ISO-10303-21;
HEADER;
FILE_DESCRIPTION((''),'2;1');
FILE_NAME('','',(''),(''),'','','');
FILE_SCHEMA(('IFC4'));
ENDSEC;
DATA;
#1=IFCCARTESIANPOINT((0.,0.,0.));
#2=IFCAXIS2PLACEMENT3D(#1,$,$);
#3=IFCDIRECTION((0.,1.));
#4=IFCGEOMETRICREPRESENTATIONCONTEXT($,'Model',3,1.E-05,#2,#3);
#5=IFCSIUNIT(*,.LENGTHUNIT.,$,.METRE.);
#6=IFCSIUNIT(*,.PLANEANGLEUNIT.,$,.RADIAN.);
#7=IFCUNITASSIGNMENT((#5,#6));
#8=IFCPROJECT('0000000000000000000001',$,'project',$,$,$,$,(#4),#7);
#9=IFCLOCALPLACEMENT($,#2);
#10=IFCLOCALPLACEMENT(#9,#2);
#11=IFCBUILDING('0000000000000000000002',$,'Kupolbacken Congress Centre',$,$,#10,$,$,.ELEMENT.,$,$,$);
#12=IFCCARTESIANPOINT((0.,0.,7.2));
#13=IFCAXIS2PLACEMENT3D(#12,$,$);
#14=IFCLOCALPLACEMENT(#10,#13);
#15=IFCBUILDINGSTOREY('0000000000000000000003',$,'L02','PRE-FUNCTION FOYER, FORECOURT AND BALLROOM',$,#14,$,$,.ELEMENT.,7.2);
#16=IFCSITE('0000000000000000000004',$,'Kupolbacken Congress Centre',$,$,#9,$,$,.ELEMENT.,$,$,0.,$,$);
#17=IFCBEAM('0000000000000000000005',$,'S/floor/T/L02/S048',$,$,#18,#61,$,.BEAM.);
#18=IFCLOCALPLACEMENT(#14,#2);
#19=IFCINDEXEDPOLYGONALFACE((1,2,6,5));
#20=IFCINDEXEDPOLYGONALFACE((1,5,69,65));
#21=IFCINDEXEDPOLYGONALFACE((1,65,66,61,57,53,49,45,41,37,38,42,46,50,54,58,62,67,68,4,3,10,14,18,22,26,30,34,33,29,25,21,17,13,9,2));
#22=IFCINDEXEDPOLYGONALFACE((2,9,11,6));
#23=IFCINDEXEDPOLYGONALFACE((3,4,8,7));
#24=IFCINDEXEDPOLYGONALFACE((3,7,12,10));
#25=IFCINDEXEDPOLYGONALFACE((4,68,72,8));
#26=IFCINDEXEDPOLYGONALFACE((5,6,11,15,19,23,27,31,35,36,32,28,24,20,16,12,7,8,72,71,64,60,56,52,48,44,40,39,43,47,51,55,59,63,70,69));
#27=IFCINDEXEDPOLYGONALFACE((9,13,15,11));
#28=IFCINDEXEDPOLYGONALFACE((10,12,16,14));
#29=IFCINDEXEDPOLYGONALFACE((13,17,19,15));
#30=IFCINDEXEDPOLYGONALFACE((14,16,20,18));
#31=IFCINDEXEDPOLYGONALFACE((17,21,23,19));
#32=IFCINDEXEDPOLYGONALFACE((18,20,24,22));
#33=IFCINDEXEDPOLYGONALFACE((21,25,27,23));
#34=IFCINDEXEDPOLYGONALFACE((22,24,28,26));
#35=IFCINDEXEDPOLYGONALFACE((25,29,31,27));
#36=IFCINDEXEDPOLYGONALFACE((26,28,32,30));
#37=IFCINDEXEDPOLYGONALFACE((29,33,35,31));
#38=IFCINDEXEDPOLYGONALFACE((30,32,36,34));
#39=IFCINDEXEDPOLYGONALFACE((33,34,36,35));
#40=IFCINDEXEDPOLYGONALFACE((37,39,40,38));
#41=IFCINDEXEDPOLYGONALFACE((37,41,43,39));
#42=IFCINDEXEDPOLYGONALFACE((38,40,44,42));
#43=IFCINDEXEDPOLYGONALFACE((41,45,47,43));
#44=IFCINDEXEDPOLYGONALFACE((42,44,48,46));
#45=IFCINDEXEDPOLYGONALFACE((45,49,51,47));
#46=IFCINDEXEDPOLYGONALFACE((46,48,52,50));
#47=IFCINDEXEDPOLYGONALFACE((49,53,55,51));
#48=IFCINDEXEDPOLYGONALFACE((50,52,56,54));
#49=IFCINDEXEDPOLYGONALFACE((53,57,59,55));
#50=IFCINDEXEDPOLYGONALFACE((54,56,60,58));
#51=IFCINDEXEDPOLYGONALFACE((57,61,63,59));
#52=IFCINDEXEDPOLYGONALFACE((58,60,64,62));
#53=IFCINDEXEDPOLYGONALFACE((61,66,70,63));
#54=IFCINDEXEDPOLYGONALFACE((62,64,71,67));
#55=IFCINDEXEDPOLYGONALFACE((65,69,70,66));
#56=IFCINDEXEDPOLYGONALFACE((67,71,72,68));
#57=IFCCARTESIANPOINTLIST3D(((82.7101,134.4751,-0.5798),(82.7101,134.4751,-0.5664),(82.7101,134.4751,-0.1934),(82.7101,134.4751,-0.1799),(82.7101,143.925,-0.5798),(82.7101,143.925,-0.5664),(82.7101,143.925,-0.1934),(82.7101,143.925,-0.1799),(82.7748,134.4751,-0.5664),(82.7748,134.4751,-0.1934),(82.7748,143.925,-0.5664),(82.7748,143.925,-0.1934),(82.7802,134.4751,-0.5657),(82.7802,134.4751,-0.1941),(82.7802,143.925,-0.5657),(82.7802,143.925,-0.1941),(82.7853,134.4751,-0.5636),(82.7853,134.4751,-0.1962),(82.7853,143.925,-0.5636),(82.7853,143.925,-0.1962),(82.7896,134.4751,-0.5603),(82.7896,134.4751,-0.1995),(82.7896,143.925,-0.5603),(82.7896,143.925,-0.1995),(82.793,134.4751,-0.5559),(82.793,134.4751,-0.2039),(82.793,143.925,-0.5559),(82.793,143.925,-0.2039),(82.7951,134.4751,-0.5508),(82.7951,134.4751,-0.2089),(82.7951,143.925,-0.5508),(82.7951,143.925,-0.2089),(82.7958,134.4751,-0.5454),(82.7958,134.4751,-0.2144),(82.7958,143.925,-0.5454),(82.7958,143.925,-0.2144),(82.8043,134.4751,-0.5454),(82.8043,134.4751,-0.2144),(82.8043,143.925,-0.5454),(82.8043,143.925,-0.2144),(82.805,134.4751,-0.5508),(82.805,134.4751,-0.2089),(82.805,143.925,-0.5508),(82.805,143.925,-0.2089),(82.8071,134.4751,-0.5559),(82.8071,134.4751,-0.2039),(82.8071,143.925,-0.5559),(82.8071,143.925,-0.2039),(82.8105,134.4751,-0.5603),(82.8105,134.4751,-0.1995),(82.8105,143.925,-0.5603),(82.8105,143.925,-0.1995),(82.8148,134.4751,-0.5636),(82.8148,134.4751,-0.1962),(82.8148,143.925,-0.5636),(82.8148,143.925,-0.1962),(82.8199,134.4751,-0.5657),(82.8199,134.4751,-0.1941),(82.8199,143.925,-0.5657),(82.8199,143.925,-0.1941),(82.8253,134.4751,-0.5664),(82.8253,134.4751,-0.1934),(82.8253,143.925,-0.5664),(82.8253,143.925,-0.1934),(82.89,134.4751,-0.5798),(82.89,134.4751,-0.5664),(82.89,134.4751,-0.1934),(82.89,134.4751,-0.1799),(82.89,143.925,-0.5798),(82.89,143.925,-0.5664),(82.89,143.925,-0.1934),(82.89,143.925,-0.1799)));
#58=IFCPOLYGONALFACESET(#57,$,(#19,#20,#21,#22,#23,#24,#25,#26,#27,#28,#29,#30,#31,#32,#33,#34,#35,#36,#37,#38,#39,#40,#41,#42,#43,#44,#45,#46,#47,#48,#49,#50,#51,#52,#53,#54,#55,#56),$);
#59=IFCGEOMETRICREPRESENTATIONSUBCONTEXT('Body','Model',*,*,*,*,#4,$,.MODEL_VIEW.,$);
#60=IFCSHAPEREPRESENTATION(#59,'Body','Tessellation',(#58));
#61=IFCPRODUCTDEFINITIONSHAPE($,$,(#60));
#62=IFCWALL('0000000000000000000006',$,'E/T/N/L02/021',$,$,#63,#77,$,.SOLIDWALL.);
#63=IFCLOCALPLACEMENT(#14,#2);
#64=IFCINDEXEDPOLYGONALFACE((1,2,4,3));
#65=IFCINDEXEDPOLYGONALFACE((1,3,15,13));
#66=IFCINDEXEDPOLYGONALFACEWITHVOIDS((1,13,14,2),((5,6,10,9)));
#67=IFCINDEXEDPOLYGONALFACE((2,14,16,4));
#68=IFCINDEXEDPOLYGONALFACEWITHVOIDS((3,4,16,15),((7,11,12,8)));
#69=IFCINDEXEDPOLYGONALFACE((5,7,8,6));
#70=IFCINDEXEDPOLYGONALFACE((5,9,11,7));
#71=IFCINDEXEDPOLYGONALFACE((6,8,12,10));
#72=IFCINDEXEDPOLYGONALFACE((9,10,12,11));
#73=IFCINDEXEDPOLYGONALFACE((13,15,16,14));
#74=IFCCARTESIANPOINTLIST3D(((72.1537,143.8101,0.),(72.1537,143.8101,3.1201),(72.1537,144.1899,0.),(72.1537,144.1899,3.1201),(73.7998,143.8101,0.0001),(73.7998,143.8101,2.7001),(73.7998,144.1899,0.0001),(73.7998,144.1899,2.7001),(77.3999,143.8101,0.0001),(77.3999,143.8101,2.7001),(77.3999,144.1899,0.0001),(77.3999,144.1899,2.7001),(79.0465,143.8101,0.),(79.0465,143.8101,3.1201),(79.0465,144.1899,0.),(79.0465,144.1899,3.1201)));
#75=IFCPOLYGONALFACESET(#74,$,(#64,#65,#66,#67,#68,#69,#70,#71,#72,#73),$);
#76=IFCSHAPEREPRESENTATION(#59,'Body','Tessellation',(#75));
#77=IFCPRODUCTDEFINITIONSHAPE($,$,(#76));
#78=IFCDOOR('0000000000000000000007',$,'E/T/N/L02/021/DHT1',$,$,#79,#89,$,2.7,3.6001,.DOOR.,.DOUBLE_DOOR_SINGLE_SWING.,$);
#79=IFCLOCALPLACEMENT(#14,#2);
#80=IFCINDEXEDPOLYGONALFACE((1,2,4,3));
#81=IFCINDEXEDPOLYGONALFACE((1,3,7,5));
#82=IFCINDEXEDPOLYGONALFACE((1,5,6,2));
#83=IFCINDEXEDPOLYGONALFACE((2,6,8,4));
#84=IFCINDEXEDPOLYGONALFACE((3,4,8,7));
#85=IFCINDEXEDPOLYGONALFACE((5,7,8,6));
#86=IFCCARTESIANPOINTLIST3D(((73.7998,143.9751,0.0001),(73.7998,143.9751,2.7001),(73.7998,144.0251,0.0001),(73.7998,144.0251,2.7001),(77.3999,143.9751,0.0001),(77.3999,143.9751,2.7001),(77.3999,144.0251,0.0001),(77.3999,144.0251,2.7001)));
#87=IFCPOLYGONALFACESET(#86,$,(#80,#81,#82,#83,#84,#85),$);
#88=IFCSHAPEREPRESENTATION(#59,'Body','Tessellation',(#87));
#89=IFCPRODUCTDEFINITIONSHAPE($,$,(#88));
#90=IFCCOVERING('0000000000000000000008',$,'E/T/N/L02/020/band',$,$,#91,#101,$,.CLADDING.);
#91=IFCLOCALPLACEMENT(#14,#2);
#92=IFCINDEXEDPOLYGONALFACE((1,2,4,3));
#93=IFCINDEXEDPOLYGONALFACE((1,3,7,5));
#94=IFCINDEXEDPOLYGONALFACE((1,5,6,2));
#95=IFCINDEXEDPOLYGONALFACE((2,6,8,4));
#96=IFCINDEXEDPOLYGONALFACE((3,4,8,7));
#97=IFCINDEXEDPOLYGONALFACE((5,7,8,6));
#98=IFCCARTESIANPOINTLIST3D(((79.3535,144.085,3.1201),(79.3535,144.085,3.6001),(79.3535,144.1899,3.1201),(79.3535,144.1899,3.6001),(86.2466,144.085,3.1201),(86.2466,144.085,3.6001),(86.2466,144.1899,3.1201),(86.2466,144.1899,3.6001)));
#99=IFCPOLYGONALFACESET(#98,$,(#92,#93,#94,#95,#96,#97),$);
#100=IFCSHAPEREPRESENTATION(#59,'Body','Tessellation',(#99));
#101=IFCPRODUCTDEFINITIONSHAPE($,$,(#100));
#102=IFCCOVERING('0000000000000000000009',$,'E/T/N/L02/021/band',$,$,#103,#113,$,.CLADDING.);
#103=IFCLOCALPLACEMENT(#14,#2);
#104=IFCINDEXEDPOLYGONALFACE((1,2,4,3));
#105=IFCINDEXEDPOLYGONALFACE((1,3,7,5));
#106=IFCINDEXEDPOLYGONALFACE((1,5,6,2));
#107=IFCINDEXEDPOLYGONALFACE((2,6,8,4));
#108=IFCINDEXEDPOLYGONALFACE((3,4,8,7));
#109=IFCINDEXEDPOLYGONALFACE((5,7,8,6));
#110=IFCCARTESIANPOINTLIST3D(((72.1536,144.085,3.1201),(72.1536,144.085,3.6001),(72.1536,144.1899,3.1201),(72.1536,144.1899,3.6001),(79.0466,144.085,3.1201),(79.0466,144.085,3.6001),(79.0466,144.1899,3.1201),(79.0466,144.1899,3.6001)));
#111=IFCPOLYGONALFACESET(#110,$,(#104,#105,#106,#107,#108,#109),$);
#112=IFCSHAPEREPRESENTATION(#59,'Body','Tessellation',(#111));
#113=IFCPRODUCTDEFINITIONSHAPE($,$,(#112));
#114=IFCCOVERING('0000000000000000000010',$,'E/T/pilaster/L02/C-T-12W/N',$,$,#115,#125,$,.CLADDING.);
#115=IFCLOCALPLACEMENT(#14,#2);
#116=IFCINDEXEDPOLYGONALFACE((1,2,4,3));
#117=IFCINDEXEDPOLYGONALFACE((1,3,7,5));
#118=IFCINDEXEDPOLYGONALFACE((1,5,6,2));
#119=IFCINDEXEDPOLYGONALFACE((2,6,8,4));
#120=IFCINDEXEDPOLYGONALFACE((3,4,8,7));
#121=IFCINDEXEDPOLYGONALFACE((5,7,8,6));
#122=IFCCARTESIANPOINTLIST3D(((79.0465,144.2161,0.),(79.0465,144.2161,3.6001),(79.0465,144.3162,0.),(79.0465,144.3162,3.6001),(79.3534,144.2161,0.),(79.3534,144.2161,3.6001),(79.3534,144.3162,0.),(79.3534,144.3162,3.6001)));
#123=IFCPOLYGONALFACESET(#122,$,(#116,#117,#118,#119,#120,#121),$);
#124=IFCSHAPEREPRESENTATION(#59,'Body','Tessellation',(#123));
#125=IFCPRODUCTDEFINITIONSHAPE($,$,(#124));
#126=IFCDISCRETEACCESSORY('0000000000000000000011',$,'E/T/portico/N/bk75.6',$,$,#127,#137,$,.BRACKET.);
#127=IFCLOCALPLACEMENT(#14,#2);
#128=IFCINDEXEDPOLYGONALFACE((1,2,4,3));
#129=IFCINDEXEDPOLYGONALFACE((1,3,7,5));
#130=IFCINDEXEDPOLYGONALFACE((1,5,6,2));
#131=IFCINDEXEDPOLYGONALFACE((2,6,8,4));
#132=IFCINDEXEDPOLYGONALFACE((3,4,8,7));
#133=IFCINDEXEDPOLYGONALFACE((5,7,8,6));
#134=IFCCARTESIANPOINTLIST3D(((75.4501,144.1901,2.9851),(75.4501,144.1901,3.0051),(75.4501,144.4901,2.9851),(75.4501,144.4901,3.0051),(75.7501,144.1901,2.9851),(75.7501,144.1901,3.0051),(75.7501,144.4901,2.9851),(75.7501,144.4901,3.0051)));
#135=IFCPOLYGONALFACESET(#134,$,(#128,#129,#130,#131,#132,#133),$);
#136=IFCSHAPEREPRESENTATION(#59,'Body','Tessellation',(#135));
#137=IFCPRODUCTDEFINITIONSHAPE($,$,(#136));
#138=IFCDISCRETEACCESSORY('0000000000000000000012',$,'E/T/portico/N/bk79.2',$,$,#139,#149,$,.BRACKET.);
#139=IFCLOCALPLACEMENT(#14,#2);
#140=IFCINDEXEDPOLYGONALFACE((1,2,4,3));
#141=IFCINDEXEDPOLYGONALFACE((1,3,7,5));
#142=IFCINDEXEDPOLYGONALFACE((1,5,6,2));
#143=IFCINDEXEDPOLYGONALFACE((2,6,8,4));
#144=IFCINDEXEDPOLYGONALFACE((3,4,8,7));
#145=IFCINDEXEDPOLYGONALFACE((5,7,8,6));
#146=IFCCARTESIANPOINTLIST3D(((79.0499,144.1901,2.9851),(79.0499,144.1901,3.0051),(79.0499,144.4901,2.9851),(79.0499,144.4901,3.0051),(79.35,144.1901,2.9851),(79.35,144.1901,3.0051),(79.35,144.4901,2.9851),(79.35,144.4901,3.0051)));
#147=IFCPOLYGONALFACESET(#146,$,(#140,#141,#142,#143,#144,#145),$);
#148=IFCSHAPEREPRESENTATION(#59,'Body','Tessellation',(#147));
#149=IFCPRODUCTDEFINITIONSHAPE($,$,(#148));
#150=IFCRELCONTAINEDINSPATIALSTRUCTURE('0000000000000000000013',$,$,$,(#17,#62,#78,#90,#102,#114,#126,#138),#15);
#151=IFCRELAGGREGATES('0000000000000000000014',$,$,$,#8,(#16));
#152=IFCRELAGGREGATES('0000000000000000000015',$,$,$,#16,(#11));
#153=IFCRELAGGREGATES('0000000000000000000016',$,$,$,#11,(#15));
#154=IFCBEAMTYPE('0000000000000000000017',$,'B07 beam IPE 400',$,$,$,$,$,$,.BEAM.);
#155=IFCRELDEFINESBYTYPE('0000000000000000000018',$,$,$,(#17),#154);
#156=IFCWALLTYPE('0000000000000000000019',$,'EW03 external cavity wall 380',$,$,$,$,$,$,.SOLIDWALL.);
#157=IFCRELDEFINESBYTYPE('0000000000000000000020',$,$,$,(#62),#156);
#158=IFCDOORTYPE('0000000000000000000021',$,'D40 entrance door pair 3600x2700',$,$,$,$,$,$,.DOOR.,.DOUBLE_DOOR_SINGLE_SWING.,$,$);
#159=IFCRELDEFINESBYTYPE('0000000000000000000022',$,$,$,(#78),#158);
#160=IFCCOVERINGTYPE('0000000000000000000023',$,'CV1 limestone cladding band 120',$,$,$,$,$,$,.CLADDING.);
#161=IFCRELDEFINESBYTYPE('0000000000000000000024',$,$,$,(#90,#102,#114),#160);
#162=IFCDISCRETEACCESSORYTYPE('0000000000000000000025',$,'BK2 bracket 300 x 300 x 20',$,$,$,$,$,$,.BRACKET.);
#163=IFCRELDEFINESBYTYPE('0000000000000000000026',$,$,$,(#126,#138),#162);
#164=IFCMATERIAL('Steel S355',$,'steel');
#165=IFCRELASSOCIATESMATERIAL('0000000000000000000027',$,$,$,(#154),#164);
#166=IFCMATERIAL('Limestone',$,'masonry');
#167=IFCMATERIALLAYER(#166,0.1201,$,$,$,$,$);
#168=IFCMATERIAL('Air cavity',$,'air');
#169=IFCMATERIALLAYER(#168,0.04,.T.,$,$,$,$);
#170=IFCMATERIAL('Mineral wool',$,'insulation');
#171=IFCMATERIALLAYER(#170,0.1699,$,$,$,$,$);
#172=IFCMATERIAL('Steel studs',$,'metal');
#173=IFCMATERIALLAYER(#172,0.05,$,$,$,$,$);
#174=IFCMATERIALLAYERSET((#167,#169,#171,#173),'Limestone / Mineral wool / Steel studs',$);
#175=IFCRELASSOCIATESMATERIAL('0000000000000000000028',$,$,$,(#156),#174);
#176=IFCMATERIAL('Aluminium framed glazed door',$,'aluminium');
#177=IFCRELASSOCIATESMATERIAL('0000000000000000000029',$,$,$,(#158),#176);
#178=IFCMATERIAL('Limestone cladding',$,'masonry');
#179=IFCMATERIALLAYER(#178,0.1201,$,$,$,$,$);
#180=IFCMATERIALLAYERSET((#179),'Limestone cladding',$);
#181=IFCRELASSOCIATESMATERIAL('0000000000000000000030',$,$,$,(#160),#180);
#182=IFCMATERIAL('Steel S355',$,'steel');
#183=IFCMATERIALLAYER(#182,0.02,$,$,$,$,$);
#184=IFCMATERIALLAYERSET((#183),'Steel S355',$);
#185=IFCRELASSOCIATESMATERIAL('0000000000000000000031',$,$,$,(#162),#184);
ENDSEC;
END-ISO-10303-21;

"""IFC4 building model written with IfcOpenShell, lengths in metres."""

from ifc_helpers import new_model, si_unit, direction, frame, frame_2d, origin, origin_2d, place, context, subcontext, project, spatial, rectangle, i_section, extrude, material, layer, layer_set, material_profile, profile_set, type_object, element, fill, save


model = new_model("IFC4")

# Units and contexts
model_context = context("Model", 3, precision=1e-05, world=origin(), true_north=direction((0.0, 1.0)))
body_context = subcontext(model_context, "Body", "Model", "MODEL_VIEW")
ifc_project = project(units=[si_unit("LENGTHUNIT", "METRE"), si_unit("PLANEANGLEUNIT", "RADIAN")], contexts=[model_context])

# Site, building, storey
site_placement = place(None, origin())
site = spatial("IfcSite", under=ifc_project, at=site_placement, Name="Kupolbacken Congress Centre", CompositionType="ELEMENT", RefElevation=0.0)
building_placement = place(site_placement, origin())
building = spatial("IfcBuilding", under=site, at=building_placement, Name="Kupolbacken Congress Centre", CompositionType="ELEMENT")
storey_placement = place(building_placement, frame((0.0, 0.0, 7.2)))
storey = spatial("IfcBuildingStorey", under=building, at=storey_placement, Name="L02", Description="PRE-FUNCTION FOYER, FORECOURT AND BALLROOM", CompositionType="ELEMENT", Elevation=7.2)

# Beam
ifc_material_1 = material(Name="Steel S355", Category="steel")
ifc_material_profile_1 = material_profile(ifc_material_1, i_section(OverallWidth=0.1799, OverallDepth=0.3999, WebThickness=0.0085, FlangeThickness=0.0134, FilletRadius=0.021, at=origin_2d()), Name="IPE 400")
ifc_profile_set_1 = profile_set([ifc_material_profile_1], Name="Steel S355")
beam_type_1 = type_object("IfcBeamType", Name="B07 beam IPE 400", PredefinedType="BEAM", material=ifc_profile_set_1)
beam_1_placement = place(storey_placement, frame((82.8, 134.4751, -0.3799), z_axis=(0.0, 1.0, 0.0), x_axis=(-1.0, 0.0, 0.0)))
element("IfcBeam", 1, at=beam_1_placement, inside=storey, type_object=beam_type_1, Name="S/floor/T/L02/S048", PredefinedType="BEAM", context=body_context, shape_type="SweptSolid", body=[
    extrude(i_section(OverallWidth=0.1799, OverallDepth=0.3999, WebThickness=0.0085, FlangeThickness=0.0134, FilletRadius=0.021, at=origin_2d()), origin(), (0.0, 0.0, 1.0), 9.45),
])

# Wall, opening, door
ifc_material_2 = material(Name="Limestone", Category="masonry")
ifc_layer_1 = layer(ifc_material_2, 0.1201)
ifc_material_3 = material(Name="Air cavity", Category="air")
ifc_layer_2 = layer(ifc_material_3, 0.04, ventilated=True)
ifc_material_4 = material(Name="Mineral wool", Category="insulation")
ifc_layer_3 = layer(ifc_material_4, 0.1699)
ifc_material_5 = material(Name="Steel studs", Category="metal")
ifc_layer_4 = layer(ifc_material_5, 0.05)
ifc_layer_set_1 = layer_set([ifc_layer_1, ifc_layer_2, ifc_layer_3, ifc_layer_4], Name="Limestone / Mineral wool / Steel studs")
wall_type = type_object("IfcWallType", Name="EW03 external cavity wall 380", PredefinedType="SOLIDWALL", material=ifc_layer_set_1)
wall_placement = place(storey_placement, frame((79.0464, 144.0, 0.0), z_axis=(0.0, 0.0, 1.0), x_axis=(-1.0, 0.0, 0.0)))
wall = element("IfcWall", 2, at=wall_placement, inside=storey, type_object=wall_type, Name="E/T/N/L02/021", PredefinedType="SOLIDWALL", context=body_context, shape_type="SweptSolid", body=[
    extrude(rectangle(XDim=6.8928, YDim=0.3799, at=frame_2d((3.4463, 0.0))), origin(), (0.0, 0.0, 1.0), 3.1201),
])
opening_placement = place(wall_placement, frame((1.6465, 0.0, 0.0)))
opening = element("IfcOpeningElement", 3, at=opening_placement, cuts=wall, PredefinedType="OPENING", context=body_context, shape_type="SweptSolid", body=[
    extrude(rectangle(XDim=3.6001, YDim=2.7, at=frame_2d((1.8, 1.3501))), frame((0.0, 0.2, 0.0), z_axis=(0.0, -1.0, 0.0), x_axis=(1.0, 0.0, 0.0)), (0.0, 0.0, 1.0), 0.3999),
])
ifc_material_6 = material(Name="Aluminium framed glazed door", Category="aluminium")
door_type = type_object("IfcDoorType", Name="D40 entrance door pair 3600x2700", OperationType="DOUBLE_DOOR_SINGLE_SWING", PredefinedType="DOOR", material=ifc_material_6)
door_placement = place(opening_placement, origin())
door = element("IfcDoor", 4, at=door_placement, inside=storey, type_object=door_type, Name="E/T/N/L02/021/DHT1", OperationType="DOUBLE_DOOR_SINGLE_SWING", OverallHeight=2.7, OverallWidth=3.6001, PredefinedType="DOOR", context=body_context, shape_type="SweptSolid", body=[
    extrude(rectangle(XDim=3.6001, YDim=2.7, at=frame_2d((1.8, 1.3501))), frame((0.0, 0.0249, 0.0), z_axis=(0.0, -1.0, 0.0), x_axis=(1.0, 0.0, 0.0)), (0.0, 0.0, 1.0), 0.05),
])
fill(opening, door)

# Coverings
ifc_material_7 = material(Name="Limestone cladding", Category="masonry")
ifc_layer_5 = layer(ifc_material_7, 0.1201)
ifc_layer_set_2 = layer_set([ifc_layer_5], Name="Limestone cladding")
covering_type = type_object("IfcCoveringType", Name="CV1 limestone cladding band 120", PredefinedType="CLADDING", material=ifc_layer_set_2)
for number, where, z_axis, x_axis, name in (
    (5, (82.8, 144.1375, 3.1201), (0.0, 0.0, 1.0), (-1.0, 0.0, 0.0), "E/T/N/L02/020/band"),
    (6, (75.6001, 144.1375, 3.1201), (0.0, 0.0, 1.0), (-1.0, 0.0, 0.0), "E/T/N/L02/021/band"),
):
    element("IfcCovering", number, at=place(storey_placement, frame(where, z_axis=z_axis, x_axis=x_axis)), inside=storey, type_object=covering_type, Name=name, PredefinedType="CLADDING", context=body_context, shape_type="SweptSolid", body=[
        extrude(rectangle(XDim=6.8931, YDim=0.105, at=origin_2d()), origin(), (0.0, 0.0, 1.0), 0.48),
    ])
covering_placement = place(storey_placement, frame((79.2, 144.2661, 0.0), z_axis=(0.0, 0.0, 1.0), x_axis=(1.0, 0.0, 0.0)))
element("IfcCovering", 7, at=covering_placement, inside=storey, type_object=covering_type, Name="E/T/pilaster/L02/C-T-12W/N", PredefinedType="CLADDING", context=body_context, shape_type="SweptSolid", body=[
    extrude(rectangle(XDim=0.3069, YDim=0.1001, at=origin_2d()), origin(), (0.0, 0.0, 1.0), 3.6001),
])

# Discrete accessories
ifc_material_8 = material(Name="Steel S355", Category="steel")
ifc_layer_6 = layer(ifc_material_8, 0.02)
ifc_layer_set_3 = layer_set([ifc_layer_6], Name="Steel S355")
discrete_accessory_type = type_object("IfcDiscreteAccessoryType", Name="BK2 bracket 300 x 300 x 20", PredefinedType="BRACKET", material=ifc_layer_set_3)
for number, where, z_axis, x_axis, name in (
    (8, (75.6001, 144.3401, 2.9851), (0.0, 0.0, 1.0), (1.0, 0.0, 0.0), "E/T/portico/N/bk75.6"),
    (9, (79.2, 144.3401, 2.9851), (0.0, 0.0, 1.0), (1.0, 0.0, 0.0), "E/T/portico/N/bk79.2"),
):
    element("IfcDiscreteAccessory", number, at=place(storey_placement, frame(where, z_axis=z_axis, x_axis=x_axis)), inside=storey, type_object=discrete_accessory_type, Name=name, PredefinedType="BRACKET", context=body_context, shape_type="SweptSolid", body=[
        extrude(rectangle(XDim=0.3, YDim=0.3, at=origin_2d()), origin(), (0.0, 0.0, 1.0), 0.02),
    ])

save(model, "model.ifc")
